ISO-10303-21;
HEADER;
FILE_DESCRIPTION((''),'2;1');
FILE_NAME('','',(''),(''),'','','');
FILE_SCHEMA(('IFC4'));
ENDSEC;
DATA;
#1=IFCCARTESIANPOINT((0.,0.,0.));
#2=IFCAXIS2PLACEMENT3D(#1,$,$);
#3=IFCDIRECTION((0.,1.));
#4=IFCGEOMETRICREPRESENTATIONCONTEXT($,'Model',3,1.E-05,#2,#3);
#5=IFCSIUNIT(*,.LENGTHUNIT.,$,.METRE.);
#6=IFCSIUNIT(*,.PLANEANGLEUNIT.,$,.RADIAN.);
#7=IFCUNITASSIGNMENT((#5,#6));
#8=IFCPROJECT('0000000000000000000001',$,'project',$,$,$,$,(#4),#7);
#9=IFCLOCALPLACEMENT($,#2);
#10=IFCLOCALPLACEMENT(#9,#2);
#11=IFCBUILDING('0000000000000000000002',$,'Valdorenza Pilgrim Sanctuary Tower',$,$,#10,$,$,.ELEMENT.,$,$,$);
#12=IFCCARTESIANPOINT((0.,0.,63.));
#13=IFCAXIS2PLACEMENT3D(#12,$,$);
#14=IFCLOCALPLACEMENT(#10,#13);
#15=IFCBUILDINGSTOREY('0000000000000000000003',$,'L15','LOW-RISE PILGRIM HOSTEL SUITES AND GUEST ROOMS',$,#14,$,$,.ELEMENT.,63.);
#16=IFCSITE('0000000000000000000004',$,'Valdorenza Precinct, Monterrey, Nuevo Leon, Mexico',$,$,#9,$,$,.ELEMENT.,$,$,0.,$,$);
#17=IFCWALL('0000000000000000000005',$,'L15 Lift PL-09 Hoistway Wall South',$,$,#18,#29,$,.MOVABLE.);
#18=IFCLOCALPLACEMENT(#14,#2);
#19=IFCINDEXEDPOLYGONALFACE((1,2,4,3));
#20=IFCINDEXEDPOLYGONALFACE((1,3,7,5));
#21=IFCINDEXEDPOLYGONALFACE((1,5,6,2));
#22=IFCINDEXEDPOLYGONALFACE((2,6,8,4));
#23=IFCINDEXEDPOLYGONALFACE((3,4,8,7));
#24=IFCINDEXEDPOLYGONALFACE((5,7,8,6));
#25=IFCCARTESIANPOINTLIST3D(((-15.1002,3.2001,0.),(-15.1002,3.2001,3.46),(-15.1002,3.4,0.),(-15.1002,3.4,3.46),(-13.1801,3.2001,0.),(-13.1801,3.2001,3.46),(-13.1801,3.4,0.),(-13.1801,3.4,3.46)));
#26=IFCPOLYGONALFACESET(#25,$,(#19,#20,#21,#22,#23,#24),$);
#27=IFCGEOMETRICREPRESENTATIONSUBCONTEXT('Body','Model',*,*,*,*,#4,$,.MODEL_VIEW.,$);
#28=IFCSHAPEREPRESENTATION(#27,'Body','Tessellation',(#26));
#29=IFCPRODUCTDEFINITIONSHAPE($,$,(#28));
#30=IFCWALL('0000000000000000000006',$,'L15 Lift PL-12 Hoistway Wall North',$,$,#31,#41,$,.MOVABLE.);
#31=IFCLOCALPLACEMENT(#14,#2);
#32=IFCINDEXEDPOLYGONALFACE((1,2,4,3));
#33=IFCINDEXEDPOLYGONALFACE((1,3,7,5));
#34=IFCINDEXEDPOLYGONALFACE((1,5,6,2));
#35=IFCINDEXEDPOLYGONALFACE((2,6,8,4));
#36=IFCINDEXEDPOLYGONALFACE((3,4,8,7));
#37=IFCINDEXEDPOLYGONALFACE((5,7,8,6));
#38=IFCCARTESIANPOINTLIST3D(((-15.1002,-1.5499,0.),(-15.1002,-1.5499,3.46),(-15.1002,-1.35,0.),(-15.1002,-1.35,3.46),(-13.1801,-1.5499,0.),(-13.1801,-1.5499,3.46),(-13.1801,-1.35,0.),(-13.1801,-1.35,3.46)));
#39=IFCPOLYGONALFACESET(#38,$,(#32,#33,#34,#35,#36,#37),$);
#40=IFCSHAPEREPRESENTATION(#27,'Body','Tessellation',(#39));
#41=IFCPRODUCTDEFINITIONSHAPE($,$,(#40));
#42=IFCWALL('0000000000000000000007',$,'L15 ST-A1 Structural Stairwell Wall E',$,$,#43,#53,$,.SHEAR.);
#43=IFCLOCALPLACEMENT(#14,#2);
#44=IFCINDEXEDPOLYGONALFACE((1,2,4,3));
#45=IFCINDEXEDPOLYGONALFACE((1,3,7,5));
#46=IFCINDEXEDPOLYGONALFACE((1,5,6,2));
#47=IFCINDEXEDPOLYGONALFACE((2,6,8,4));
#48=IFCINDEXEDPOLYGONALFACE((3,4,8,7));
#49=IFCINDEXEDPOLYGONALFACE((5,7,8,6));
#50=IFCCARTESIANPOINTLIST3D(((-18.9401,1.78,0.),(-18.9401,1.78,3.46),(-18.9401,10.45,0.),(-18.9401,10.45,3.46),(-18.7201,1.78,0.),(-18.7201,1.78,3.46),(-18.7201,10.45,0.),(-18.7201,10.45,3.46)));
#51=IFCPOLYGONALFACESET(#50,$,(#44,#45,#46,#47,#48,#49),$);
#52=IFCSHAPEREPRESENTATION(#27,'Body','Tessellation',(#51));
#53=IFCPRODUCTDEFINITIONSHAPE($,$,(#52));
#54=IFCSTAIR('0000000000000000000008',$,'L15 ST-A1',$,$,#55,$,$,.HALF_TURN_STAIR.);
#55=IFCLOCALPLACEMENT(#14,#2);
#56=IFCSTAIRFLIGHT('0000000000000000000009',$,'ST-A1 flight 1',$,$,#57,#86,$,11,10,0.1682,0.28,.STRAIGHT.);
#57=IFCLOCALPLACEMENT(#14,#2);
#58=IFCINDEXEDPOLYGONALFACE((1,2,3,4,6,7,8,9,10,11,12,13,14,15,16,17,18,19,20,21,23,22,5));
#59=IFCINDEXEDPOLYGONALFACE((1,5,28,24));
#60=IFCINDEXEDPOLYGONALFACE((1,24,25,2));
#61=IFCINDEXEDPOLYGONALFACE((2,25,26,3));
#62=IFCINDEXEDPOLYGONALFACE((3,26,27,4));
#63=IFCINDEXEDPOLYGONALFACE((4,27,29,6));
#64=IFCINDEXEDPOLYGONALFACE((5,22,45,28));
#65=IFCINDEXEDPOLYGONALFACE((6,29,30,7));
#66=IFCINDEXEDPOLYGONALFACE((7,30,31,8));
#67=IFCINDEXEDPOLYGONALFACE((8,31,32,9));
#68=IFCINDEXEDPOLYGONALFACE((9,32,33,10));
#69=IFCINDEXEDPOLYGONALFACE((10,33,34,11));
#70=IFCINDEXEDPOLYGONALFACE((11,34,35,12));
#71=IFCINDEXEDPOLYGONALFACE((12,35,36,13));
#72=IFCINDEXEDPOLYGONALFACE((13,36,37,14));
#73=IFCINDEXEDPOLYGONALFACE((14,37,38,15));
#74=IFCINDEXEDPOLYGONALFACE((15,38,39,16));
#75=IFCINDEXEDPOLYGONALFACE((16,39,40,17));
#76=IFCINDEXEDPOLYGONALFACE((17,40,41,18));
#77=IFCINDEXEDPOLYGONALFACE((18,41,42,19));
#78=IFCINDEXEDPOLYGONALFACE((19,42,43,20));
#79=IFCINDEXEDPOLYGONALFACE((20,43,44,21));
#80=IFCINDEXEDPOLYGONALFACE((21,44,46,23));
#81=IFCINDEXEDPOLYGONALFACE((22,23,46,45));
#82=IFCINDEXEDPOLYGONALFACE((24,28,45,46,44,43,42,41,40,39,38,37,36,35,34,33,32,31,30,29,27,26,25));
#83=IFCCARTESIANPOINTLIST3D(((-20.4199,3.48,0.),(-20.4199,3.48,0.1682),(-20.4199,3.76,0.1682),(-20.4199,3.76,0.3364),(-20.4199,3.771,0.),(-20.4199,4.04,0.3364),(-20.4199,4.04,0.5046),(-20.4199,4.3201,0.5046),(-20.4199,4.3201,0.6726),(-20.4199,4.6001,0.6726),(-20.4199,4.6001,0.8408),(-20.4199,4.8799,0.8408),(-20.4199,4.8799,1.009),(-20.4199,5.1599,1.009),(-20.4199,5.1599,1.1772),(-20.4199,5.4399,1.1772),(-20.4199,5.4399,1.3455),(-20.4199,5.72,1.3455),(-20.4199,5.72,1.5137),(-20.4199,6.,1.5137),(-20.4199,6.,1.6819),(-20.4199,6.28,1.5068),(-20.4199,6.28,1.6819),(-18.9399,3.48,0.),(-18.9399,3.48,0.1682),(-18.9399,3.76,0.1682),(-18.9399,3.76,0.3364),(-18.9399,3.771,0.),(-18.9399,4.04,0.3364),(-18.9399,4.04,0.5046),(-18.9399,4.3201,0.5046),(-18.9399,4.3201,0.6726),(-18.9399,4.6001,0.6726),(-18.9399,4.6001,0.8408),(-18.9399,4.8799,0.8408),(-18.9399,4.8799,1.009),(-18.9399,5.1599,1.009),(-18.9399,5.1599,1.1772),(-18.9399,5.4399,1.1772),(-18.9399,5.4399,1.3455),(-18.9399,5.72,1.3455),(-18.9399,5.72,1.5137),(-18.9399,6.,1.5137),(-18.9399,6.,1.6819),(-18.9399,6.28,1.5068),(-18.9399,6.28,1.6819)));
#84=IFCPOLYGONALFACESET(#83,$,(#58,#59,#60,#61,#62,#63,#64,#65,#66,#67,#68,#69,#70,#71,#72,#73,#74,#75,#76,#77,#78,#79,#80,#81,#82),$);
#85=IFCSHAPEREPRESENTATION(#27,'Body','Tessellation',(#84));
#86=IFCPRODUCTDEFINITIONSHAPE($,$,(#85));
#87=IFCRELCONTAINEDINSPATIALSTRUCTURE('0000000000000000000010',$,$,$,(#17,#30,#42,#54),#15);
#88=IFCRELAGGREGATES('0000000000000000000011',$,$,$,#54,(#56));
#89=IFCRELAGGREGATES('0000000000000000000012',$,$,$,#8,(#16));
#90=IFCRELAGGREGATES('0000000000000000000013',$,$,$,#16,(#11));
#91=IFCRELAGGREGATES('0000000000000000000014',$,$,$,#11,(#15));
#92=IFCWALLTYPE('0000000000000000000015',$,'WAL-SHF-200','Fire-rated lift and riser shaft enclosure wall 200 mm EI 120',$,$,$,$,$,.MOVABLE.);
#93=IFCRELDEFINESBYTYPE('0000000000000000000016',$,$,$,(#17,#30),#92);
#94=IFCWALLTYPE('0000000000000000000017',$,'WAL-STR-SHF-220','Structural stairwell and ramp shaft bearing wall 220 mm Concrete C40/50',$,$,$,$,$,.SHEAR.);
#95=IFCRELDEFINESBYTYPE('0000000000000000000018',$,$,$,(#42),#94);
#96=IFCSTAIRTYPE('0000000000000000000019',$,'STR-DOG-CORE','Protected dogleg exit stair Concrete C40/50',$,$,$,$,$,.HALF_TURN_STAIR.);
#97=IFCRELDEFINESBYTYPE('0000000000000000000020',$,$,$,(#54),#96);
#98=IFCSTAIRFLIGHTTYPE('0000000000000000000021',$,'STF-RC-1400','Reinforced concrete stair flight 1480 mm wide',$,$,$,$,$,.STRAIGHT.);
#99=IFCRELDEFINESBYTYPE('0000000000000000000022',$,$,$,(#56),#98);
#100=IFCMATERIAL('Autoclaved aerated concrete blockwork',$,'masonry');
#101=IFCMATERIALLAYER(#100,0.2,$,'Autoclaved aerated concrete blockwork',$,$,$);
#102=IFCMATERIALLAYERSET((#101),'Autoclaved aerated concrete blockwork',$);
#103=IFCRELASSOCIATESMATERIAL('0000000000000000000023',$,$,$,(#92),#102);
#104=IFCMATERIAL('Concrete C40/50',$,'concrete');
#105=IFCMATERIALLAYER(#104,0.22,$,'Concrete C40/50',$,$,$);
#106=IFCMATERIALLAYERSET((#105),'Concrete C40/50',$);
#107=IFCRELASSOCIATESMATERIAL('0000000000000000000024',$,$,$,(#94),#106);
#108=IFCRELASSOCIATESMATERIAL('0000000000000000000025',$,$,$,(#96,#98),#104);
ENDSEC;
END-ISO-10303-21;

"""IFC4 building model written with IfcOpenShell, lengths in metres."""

from ifc_helpers import new_model, si_unit, direction, frame, frame_2d, origin, place, context, subcontext, project, spatial, polyline, rectangle, outline, extrude, material, layer, layer_set, type_object, element, aggregate, save


model = new_model("IFC4")

# Units and contexts
model_context = context("Model", 3, precision=1e-05, world=origin(), true_north=direction((0.0, 1.0)))
body_context = subcontext(model_context, "Body", "Model", "MODEL_VIEW")
ifc_project = project(units=[si_unit("LENGTHUNIT", "METRE"), si_unit("PLANEANGLEUNIT", "RADIAN")], contexts=[model_context])

# Site, building, storey
site_placement = place(None, origin())
site = spatial("IfcSite", under=ifc_project, at=site_placement, Name="Valdorenza Precinct, Monterrey, Nuevo Leon, Mexico", CompositionType="ELEMENT", RefElevation=0.0)
building_placement = place(site_placement, origin())
building = spatial("IfcBuilding", under=site, at=building_placement, Name="Valdorenza Pilgrim Sanctuary Tower", CompositionType="ELEMENT")
storey_placement = place(building_placement, frame((0.0, 0.0, 63.0)))
storey = spatial("IfcBuildingStorey", under=building, at=storey_placement, Name="L15", Description="LOW-RISE PILGRIM HOSTEL SUITES AND GUEST ROOMS", CompositionType="ELEMENT", Elevation=63.0)

# Shared definitions
ifc_material_1 = material(Name="Autoclaved aerated concrete blockwork", Category="masonry")
ifc_layer_1 = layer(ifc_material_1, 0.2, Name="Autoclaved aerated concrete blockwork")
ifc_layer_set_1 = layer_set([ifc_layer_1], Name="Autoclaved aerated concrete blockwork")
wall_type_1 = type_object("IfcWallType", Name="WAL-SHF-200", Description="Fire-rated lift and riser shaft enclosure wall 200 mm EI 120", PredefinedType="MOVABLE", material=ifc_layer_set_1)

# Walls
for number, where, z_axis, x_axis, name in (
    (1, (-15.1001, 3.3, 0.0), (0.0, 0.0, 1.0), (1.0, 0.0, 0.0), "L15 Lift PL-09 Hoistway Wall South"),
    (2, (-15.1001, -1.45, 0.0), (0.0, 0.0, 1.0), (1.0, 0.0, 0.0), "L15 Lift PL-12 Hoistway Wall North"),
):
    element("IfcWall", number, at=place(storey_placement, frame(where, z_axis=z_axis, x_axis=x_axis)), inside=storey, type_object=wall_type_1, Name=name, PredefinedType="MOVABLE", context=body_context, shape_type="SweptSolid", body=[
        extrude(rectangle(XDim=1.9202, YDim=0.2, at=frame_2d((0.96, 0.0))), origin(), (0.0, 0.0, 1.0), 3.46),
    ])
ifc_material_2 = material(Name="Concrete C40/50", Category="concrete")
ifc_layer_2 = layer(ifc_material_2, 0.22, Name="Concrete C40/50")
ifc_layer_set_2 = layer_set([ifc_layer_2], Name="Concrete C40/50")
wall_type_2 = type_object("IfcWallType", Name="WAL-STR-SHF-220", Description="Structural stairwell and ramp shaft bearing wall 220 mm Concrete C40/50", PredefinedType="SHEAR", material=ifc_layer_set_2)
wall_1_placement = place(storey_placement, frame((-18.8301, 1.78, 0.0), z_axis=(0.0, 0.0, 1.0), x_axis=(0.0, 1.0, 0.0)))
element("IfcWall", 3, at=wall_1_placement, inside=storey, type_object=wall_type_2, Name="L15 ST-A1 Structural Stairwell Wall E", PredefinedType="SHEAR", context=body_context, shape_type="SweptSolid", body=[
    extrude(rectangle(XDim=8.6699, YDim=0.22, at=frame_2d((4.335, 0.0))), origin(), (0.0, 0.0, 1.0), 3.46),
])

# Stair, stair flight
stair_type = type_object("IfcStairType", Name="STR-DOG-CORE", Description="Protected dogleg exit stair Concrete C40/50", PredefinedType="HALF_TURN_STAIR", material=ifc_material_2)
stair_placement = place(storey_placement, origin())
stair = element("IfcStair", 4, at=stair_placement, inside=storey, type_object=stair_type, Name="L15 ST-A1", PredefinedType="HALF_TURN_STAIR")
stair_flight_type = type_object("IfcStairFlightType", Name="STF-RC-1400", Description="Reinforced concrete stair flight 1480 mm wide", PredefinedType="STRAIGHT", material=ifc_material_2)
stair_flight_placement = place(storey_placement, frame((-19.6799, 3.48, 0.0), z_axis=(0.0, 0.0, 1.0), x_axis=(0.0, 1.0, 0.0)))
stair_flight = element("IfcStairFlight", 5, at=stair_flight_placement, type_object=stair_flight_type, Name="ST-A1 flight 1", NumberOfRisers=11, NumberOfTreads=10, PredefinedType="STRAIGHT", RiserHeight=0.1682, TreadLength=0.28, context=body_context, shape_type="SweptSolid", body=[
    extrude(outline(polyline([(0.0, 0.0), (0.0, 0.1682), (0.28, 0.1682), (0.28, 0.3364), (0.5601, 0.3364), (0.5601, 0.5046), (0.8401, 0.5046), (0.8401, 0.6726), (1.1201, 0.6726), (1.1201, 0.8408), (1.3999, 0.8408), (1.3999, 1.009), (1.6799, 1.009), (1.6799, 1.1772), (1.96, 1.1772), (1.96, 1.3455), (2.24, 1.3455), (2.24, 1.5137), (2.52, 1.5137), (2.52, 1.6819), (2.8, 1.6819), (2.8, 1.8501), (2.8, 1.5068), (0.291, 0.0), (0.0, 0.0)])), frame((0.0, 0.74, 0.0), z_axis=(0.0, -1.0, 0.0), x_axis=(1.0, 0.0, 0.0)), (0.0, 0.0, 1.0), 1.48),
])
aggregate(stair, [stair_flight])

save(model, "model.ifc")
